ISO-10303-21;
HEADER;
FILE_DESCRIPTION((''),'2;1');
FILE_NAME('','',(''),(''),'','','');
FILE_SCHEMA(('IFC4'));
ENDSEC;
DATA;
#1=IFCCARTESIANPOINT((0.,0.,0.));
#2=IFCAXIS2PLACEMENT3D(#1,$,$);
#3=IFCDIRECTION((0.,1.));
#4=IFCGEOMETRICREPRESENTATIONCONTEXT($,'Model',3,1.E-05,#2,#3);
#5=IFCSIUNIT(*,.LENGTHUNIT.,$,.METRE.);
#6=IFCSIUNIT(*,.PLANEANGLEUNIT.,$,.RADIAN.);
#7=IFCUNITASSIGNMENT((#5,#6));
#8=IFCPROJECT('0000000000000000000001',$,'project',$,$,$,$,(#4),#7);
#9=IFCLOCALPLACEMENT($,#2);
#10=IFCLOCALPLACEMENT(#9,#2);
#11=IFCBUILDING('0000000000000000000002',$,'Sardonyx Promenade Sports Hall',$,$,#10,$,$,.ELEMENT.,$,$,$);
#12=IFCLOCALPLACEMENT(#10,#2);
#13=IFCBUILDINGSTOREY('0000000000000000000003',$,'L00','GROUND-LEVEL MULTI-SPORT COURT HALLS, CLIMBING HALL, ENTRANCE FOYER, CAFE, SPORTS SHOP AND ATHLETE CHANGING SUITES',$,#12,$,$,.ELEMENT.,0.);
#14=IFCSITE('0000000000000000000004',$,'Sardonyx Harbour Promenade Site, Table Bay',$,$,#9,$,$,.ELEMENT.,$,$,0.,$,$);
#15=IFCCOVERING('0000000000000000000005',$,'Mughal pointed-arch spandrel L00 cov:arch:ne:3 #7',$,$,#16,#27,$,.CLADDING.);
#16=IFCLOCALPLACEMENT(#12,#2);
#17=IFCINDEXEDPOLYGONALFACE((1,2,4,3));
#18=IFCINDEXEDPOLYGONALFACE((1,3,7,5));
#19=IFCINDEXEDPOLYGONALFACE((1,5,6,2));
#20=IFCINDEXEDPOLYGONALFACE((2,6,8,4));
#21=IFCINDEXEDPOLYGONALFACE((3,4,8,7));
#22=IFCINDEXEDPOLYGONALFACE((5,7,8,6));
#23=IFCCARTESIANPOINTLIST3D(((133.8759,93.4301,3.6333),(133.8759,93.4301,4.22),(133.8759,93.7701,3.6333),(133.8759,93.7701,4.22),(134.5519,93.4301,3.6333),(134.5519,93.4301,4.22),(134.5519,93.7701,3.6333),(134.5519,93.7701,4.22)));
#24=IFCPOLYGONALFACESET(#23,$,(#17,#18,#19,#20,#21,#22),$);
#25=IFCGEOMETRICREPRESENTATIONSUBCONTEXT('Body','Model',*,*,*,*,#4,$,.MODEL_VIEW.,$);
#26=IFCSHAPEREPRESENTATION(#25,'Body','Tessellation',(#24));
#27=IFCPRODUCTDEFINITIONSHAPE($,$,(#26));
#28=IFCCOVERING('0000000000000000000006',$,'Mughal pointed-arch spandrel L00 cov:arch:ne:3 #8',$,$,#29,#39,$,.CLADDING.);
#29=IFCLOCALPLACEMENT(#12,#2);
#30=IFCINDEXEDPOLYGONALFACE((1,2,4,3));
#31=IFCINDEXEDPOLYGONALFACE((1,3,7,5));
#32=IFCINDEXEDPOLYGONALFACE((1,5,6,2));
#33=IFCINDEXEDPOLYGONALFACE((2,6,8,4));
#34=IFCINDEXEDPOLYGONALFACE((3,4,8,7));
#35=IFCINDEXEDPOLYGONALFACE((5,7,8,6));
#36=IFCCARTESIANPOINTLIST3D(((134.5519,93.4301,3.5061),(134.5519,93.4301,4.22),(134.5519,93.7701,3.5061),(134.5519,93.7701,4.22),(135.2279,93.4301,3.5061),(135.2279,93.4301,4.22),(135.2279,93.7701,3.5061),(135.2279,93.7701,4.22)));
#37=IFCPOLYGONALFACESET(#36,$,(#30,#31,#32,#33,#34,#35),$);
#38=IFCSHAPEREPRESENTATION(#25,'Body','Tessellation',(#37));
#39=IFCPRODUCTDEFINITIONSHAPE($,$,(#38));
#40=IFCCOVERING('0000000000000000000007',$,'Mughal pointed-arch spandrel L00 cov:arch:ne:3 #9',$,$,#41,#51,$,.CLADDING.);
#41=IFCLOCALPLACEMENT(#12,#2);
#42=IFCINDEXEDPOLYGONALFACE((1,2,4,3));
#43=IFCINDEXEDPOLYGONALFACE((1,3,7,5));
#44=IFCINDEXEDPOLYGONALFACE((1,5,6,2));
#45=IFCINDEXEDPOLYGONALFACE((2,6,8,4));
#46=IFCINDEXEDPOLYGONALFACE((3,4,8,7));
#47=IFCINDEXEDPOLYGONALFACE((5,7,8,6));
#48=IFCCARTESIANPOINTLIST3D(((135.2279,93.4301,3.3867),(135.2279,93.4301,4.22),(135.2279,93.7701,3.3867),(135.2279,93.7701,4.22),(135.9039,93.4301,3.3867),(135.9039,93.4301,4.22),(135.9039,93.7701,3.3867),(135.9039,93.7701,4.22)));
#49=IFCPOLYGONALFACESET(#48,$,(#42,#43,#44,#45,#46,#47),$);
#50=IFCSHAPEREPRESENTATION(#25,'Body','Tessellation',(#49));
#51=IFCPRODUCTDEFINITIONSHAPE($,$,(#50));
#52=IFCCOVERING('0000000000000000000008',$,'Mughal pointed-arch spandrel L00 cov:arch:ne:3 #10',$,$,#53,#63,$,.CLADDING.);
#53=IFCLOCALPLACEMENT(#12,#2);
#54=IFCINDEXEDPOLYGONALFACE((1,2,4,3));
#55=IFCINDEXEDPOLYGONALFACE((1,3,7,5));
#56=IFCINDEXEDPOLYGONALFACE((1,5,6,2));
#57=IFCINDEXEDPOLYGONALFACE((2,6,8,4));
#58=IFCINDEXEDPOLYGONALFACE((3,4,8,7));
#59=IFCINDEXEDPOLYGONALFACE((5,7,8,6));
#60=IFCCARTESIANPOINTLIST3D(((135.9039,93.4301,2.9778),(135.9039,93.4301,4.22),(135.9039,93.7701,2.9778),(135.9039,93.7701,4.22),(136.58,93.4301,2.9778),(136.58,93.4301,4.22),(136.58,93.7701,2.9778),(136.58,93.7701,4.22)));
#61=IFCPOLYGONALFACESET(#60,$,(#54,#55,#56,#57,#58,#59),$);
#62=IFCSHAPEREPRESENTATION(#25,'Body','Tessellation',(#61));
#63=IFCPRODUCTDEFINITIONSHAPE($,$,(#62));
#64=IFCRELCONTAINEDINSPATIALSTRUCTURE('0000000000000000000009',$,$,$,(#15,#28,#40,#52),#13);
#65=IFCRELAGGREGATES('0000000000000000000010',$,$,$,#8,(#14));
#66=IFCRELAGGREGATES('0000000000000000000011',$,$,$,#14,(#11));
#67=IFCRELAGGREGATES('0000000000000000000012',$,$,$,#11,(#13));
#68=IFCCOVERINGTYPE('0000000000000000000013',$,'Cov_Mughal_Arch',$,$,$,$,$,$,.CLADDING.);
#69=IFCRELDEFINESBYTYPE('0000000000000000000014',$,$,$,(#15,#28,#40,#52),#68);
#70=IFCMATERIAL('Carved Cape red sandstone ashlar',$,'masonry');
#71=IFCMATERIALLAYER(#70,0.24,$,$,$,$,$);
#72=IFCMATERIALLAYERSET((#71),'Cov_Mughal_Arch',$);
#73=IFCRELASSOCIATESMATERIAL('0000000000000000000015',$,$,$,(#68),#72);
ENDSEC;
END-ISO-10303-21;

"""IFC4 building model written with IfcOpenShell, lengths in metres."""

from ifc_helpers import new_model, si_unit, direction, frame, frame_2d, origin, place, context, subcontext, project, spatial, rectangle, extrude, material, layer, layer_set, type_object, element, save


model = new_model("IFC4")

# Units and contexts
model_context = context("Model", 3, precision=1e-05, world=origin(), true_north=direction((0.0, 1.0)))
body_context = subcontext(model_context, "Body", "Model", "MODEL_VIEW")
ifc_project = project(units=[si_unit("LENGTHUNIT", "METRE"), si_unit("PLANEANGLEUNIT", "RADIAN")], contexts=[model_context])

# Site, building, storey
site_placement = place(None, origin())
site = spatial("IfcSite", under=ifc_project, at=site_placement, Name="Sardonyx Harbour Promenade Site, Table Bay", CompositionType="ELEMENT", RefElevation=0.0)
building_placement = place(site_placement, origin())
building = spatial("IfcBuilding", under=site, at=building_placement, Name="Sardonyx Promenade Sports Hall", CompositionType="ELEMENT")
storey_placement = place(building_placement, origin())
storey = spatial("IfcBuildingStorey", under=building, at=storey_placement, Name="L00", Description="GROUND-LEVEL MULTI-SPORT COURT HALLS, CLIMBING HALL, ENTRANCE FOYER, CAFE, SPORTS SHOP AND ATHLETE CHANGING SUITES", CompositionType="ELEMENT", Elevation=0.0)

# Coverings
ifc_material_1 = material(Name="Carved Cape red sandstone ashlar", Category="masonry")
ifc_layer_1 = layer(ifc_material_1, 0.24)
ifc_layer_set_1 = layer_set([ifc_layer_1], Name="Cov_Mughal_Arch")
covering_type = type_object("IfcCoveringType", Name="Cov_Mughal_Arch", PredefinedType="CLADDING", material=ifc_layer_set_1)
covering_1_placement = place(storey_placement, frame((133.876, 93.6001, 3.6333), z_axis=(0.0, 0.0, 1.0), x_axis=(1.0, 0.0, 0.0)))
element("IfcCovering", 1, at=covering_1_placement, inside=storey, type_object=covering_type, Name="Mughal pointed-arch spandrel L00 cov:arch:ne:3 #7", PredefinedType="CLADDING", context=body_context, shape_type="SweptSolid", body=[
    extrude(rectangle(XDim=0.676, YDim=0.3401, at=frame_2d((0.3379, 0.0))), origin(), (0.0, 0.0, 1.0), 0.5867),
])
covering_2_placement = place(storey_placement, frame((134.552, 93.6001, 3.5061), z_axis=(0.0, 0.0, 1.0), x_axis=(1.0, 0.0, 0.0)))
element("IfcCovering", 2, at=covering_2_placement, inside=storey, type_object=covering_type, Name="Mughal pointed-arch spandrel L00 cov:arch:ne:3 #8", PredefinedType="CLADDING", context=body_context, shape_type="SweptSolid", body=[
    extrude(rectangle(XDim=0.676, YDim=0.3401, at=frame_2d((0.3379, 0.0))), origin(), (0.0, 0.0, 1.0), 0.7139),
])
covering_3_placement = place(storey_placement, frame((135.228, 93.6001, 3.3867), z_axis=(0.0, 0.0, 1.0), x_axis=(1.0, 0.0, 0.0)))
element("IfcCovering", 3, at=covering_3_placement, inside=storey, type_object=covering_type, Name="Mughal pointed-arch spandrel L00 cov:arch:ne:3 #9", PredefinedType="CLADDING", context=body_context, shape_type="SweptSolid", body=[
    extrude(rectangle(XDim=0.676, YDim=0.3401, at=frame_2d((0.3379, 0.0))), origin(), (0.0, 0.0, 1.0), 0.8333),
])
covering_4_placement = place(storey_placement, frame((135.9041, 93.6001, 2.9778), z_axis=(0.0, 0.0, 1.0), x_axis=(1.0, 0.0, 0.0)))
element("IfcCovering", 4, at=covering_4_placement, inside=storey, type_object=covering_type, Name="Mughal pointed-arch spandrel L00 cov:arch:ne:3 #10", PredefinedType="CLADDING", context=body_context, shape_type="SweptSolid", body=[
    extrude(rectangle(XDim=0.676, YDim=0.3401, at=frame_2d((0.3379, 0.0))), origin(), (0.0, 0.0, 1.0), 1.2422),
])

save(model, "model.ifc")
